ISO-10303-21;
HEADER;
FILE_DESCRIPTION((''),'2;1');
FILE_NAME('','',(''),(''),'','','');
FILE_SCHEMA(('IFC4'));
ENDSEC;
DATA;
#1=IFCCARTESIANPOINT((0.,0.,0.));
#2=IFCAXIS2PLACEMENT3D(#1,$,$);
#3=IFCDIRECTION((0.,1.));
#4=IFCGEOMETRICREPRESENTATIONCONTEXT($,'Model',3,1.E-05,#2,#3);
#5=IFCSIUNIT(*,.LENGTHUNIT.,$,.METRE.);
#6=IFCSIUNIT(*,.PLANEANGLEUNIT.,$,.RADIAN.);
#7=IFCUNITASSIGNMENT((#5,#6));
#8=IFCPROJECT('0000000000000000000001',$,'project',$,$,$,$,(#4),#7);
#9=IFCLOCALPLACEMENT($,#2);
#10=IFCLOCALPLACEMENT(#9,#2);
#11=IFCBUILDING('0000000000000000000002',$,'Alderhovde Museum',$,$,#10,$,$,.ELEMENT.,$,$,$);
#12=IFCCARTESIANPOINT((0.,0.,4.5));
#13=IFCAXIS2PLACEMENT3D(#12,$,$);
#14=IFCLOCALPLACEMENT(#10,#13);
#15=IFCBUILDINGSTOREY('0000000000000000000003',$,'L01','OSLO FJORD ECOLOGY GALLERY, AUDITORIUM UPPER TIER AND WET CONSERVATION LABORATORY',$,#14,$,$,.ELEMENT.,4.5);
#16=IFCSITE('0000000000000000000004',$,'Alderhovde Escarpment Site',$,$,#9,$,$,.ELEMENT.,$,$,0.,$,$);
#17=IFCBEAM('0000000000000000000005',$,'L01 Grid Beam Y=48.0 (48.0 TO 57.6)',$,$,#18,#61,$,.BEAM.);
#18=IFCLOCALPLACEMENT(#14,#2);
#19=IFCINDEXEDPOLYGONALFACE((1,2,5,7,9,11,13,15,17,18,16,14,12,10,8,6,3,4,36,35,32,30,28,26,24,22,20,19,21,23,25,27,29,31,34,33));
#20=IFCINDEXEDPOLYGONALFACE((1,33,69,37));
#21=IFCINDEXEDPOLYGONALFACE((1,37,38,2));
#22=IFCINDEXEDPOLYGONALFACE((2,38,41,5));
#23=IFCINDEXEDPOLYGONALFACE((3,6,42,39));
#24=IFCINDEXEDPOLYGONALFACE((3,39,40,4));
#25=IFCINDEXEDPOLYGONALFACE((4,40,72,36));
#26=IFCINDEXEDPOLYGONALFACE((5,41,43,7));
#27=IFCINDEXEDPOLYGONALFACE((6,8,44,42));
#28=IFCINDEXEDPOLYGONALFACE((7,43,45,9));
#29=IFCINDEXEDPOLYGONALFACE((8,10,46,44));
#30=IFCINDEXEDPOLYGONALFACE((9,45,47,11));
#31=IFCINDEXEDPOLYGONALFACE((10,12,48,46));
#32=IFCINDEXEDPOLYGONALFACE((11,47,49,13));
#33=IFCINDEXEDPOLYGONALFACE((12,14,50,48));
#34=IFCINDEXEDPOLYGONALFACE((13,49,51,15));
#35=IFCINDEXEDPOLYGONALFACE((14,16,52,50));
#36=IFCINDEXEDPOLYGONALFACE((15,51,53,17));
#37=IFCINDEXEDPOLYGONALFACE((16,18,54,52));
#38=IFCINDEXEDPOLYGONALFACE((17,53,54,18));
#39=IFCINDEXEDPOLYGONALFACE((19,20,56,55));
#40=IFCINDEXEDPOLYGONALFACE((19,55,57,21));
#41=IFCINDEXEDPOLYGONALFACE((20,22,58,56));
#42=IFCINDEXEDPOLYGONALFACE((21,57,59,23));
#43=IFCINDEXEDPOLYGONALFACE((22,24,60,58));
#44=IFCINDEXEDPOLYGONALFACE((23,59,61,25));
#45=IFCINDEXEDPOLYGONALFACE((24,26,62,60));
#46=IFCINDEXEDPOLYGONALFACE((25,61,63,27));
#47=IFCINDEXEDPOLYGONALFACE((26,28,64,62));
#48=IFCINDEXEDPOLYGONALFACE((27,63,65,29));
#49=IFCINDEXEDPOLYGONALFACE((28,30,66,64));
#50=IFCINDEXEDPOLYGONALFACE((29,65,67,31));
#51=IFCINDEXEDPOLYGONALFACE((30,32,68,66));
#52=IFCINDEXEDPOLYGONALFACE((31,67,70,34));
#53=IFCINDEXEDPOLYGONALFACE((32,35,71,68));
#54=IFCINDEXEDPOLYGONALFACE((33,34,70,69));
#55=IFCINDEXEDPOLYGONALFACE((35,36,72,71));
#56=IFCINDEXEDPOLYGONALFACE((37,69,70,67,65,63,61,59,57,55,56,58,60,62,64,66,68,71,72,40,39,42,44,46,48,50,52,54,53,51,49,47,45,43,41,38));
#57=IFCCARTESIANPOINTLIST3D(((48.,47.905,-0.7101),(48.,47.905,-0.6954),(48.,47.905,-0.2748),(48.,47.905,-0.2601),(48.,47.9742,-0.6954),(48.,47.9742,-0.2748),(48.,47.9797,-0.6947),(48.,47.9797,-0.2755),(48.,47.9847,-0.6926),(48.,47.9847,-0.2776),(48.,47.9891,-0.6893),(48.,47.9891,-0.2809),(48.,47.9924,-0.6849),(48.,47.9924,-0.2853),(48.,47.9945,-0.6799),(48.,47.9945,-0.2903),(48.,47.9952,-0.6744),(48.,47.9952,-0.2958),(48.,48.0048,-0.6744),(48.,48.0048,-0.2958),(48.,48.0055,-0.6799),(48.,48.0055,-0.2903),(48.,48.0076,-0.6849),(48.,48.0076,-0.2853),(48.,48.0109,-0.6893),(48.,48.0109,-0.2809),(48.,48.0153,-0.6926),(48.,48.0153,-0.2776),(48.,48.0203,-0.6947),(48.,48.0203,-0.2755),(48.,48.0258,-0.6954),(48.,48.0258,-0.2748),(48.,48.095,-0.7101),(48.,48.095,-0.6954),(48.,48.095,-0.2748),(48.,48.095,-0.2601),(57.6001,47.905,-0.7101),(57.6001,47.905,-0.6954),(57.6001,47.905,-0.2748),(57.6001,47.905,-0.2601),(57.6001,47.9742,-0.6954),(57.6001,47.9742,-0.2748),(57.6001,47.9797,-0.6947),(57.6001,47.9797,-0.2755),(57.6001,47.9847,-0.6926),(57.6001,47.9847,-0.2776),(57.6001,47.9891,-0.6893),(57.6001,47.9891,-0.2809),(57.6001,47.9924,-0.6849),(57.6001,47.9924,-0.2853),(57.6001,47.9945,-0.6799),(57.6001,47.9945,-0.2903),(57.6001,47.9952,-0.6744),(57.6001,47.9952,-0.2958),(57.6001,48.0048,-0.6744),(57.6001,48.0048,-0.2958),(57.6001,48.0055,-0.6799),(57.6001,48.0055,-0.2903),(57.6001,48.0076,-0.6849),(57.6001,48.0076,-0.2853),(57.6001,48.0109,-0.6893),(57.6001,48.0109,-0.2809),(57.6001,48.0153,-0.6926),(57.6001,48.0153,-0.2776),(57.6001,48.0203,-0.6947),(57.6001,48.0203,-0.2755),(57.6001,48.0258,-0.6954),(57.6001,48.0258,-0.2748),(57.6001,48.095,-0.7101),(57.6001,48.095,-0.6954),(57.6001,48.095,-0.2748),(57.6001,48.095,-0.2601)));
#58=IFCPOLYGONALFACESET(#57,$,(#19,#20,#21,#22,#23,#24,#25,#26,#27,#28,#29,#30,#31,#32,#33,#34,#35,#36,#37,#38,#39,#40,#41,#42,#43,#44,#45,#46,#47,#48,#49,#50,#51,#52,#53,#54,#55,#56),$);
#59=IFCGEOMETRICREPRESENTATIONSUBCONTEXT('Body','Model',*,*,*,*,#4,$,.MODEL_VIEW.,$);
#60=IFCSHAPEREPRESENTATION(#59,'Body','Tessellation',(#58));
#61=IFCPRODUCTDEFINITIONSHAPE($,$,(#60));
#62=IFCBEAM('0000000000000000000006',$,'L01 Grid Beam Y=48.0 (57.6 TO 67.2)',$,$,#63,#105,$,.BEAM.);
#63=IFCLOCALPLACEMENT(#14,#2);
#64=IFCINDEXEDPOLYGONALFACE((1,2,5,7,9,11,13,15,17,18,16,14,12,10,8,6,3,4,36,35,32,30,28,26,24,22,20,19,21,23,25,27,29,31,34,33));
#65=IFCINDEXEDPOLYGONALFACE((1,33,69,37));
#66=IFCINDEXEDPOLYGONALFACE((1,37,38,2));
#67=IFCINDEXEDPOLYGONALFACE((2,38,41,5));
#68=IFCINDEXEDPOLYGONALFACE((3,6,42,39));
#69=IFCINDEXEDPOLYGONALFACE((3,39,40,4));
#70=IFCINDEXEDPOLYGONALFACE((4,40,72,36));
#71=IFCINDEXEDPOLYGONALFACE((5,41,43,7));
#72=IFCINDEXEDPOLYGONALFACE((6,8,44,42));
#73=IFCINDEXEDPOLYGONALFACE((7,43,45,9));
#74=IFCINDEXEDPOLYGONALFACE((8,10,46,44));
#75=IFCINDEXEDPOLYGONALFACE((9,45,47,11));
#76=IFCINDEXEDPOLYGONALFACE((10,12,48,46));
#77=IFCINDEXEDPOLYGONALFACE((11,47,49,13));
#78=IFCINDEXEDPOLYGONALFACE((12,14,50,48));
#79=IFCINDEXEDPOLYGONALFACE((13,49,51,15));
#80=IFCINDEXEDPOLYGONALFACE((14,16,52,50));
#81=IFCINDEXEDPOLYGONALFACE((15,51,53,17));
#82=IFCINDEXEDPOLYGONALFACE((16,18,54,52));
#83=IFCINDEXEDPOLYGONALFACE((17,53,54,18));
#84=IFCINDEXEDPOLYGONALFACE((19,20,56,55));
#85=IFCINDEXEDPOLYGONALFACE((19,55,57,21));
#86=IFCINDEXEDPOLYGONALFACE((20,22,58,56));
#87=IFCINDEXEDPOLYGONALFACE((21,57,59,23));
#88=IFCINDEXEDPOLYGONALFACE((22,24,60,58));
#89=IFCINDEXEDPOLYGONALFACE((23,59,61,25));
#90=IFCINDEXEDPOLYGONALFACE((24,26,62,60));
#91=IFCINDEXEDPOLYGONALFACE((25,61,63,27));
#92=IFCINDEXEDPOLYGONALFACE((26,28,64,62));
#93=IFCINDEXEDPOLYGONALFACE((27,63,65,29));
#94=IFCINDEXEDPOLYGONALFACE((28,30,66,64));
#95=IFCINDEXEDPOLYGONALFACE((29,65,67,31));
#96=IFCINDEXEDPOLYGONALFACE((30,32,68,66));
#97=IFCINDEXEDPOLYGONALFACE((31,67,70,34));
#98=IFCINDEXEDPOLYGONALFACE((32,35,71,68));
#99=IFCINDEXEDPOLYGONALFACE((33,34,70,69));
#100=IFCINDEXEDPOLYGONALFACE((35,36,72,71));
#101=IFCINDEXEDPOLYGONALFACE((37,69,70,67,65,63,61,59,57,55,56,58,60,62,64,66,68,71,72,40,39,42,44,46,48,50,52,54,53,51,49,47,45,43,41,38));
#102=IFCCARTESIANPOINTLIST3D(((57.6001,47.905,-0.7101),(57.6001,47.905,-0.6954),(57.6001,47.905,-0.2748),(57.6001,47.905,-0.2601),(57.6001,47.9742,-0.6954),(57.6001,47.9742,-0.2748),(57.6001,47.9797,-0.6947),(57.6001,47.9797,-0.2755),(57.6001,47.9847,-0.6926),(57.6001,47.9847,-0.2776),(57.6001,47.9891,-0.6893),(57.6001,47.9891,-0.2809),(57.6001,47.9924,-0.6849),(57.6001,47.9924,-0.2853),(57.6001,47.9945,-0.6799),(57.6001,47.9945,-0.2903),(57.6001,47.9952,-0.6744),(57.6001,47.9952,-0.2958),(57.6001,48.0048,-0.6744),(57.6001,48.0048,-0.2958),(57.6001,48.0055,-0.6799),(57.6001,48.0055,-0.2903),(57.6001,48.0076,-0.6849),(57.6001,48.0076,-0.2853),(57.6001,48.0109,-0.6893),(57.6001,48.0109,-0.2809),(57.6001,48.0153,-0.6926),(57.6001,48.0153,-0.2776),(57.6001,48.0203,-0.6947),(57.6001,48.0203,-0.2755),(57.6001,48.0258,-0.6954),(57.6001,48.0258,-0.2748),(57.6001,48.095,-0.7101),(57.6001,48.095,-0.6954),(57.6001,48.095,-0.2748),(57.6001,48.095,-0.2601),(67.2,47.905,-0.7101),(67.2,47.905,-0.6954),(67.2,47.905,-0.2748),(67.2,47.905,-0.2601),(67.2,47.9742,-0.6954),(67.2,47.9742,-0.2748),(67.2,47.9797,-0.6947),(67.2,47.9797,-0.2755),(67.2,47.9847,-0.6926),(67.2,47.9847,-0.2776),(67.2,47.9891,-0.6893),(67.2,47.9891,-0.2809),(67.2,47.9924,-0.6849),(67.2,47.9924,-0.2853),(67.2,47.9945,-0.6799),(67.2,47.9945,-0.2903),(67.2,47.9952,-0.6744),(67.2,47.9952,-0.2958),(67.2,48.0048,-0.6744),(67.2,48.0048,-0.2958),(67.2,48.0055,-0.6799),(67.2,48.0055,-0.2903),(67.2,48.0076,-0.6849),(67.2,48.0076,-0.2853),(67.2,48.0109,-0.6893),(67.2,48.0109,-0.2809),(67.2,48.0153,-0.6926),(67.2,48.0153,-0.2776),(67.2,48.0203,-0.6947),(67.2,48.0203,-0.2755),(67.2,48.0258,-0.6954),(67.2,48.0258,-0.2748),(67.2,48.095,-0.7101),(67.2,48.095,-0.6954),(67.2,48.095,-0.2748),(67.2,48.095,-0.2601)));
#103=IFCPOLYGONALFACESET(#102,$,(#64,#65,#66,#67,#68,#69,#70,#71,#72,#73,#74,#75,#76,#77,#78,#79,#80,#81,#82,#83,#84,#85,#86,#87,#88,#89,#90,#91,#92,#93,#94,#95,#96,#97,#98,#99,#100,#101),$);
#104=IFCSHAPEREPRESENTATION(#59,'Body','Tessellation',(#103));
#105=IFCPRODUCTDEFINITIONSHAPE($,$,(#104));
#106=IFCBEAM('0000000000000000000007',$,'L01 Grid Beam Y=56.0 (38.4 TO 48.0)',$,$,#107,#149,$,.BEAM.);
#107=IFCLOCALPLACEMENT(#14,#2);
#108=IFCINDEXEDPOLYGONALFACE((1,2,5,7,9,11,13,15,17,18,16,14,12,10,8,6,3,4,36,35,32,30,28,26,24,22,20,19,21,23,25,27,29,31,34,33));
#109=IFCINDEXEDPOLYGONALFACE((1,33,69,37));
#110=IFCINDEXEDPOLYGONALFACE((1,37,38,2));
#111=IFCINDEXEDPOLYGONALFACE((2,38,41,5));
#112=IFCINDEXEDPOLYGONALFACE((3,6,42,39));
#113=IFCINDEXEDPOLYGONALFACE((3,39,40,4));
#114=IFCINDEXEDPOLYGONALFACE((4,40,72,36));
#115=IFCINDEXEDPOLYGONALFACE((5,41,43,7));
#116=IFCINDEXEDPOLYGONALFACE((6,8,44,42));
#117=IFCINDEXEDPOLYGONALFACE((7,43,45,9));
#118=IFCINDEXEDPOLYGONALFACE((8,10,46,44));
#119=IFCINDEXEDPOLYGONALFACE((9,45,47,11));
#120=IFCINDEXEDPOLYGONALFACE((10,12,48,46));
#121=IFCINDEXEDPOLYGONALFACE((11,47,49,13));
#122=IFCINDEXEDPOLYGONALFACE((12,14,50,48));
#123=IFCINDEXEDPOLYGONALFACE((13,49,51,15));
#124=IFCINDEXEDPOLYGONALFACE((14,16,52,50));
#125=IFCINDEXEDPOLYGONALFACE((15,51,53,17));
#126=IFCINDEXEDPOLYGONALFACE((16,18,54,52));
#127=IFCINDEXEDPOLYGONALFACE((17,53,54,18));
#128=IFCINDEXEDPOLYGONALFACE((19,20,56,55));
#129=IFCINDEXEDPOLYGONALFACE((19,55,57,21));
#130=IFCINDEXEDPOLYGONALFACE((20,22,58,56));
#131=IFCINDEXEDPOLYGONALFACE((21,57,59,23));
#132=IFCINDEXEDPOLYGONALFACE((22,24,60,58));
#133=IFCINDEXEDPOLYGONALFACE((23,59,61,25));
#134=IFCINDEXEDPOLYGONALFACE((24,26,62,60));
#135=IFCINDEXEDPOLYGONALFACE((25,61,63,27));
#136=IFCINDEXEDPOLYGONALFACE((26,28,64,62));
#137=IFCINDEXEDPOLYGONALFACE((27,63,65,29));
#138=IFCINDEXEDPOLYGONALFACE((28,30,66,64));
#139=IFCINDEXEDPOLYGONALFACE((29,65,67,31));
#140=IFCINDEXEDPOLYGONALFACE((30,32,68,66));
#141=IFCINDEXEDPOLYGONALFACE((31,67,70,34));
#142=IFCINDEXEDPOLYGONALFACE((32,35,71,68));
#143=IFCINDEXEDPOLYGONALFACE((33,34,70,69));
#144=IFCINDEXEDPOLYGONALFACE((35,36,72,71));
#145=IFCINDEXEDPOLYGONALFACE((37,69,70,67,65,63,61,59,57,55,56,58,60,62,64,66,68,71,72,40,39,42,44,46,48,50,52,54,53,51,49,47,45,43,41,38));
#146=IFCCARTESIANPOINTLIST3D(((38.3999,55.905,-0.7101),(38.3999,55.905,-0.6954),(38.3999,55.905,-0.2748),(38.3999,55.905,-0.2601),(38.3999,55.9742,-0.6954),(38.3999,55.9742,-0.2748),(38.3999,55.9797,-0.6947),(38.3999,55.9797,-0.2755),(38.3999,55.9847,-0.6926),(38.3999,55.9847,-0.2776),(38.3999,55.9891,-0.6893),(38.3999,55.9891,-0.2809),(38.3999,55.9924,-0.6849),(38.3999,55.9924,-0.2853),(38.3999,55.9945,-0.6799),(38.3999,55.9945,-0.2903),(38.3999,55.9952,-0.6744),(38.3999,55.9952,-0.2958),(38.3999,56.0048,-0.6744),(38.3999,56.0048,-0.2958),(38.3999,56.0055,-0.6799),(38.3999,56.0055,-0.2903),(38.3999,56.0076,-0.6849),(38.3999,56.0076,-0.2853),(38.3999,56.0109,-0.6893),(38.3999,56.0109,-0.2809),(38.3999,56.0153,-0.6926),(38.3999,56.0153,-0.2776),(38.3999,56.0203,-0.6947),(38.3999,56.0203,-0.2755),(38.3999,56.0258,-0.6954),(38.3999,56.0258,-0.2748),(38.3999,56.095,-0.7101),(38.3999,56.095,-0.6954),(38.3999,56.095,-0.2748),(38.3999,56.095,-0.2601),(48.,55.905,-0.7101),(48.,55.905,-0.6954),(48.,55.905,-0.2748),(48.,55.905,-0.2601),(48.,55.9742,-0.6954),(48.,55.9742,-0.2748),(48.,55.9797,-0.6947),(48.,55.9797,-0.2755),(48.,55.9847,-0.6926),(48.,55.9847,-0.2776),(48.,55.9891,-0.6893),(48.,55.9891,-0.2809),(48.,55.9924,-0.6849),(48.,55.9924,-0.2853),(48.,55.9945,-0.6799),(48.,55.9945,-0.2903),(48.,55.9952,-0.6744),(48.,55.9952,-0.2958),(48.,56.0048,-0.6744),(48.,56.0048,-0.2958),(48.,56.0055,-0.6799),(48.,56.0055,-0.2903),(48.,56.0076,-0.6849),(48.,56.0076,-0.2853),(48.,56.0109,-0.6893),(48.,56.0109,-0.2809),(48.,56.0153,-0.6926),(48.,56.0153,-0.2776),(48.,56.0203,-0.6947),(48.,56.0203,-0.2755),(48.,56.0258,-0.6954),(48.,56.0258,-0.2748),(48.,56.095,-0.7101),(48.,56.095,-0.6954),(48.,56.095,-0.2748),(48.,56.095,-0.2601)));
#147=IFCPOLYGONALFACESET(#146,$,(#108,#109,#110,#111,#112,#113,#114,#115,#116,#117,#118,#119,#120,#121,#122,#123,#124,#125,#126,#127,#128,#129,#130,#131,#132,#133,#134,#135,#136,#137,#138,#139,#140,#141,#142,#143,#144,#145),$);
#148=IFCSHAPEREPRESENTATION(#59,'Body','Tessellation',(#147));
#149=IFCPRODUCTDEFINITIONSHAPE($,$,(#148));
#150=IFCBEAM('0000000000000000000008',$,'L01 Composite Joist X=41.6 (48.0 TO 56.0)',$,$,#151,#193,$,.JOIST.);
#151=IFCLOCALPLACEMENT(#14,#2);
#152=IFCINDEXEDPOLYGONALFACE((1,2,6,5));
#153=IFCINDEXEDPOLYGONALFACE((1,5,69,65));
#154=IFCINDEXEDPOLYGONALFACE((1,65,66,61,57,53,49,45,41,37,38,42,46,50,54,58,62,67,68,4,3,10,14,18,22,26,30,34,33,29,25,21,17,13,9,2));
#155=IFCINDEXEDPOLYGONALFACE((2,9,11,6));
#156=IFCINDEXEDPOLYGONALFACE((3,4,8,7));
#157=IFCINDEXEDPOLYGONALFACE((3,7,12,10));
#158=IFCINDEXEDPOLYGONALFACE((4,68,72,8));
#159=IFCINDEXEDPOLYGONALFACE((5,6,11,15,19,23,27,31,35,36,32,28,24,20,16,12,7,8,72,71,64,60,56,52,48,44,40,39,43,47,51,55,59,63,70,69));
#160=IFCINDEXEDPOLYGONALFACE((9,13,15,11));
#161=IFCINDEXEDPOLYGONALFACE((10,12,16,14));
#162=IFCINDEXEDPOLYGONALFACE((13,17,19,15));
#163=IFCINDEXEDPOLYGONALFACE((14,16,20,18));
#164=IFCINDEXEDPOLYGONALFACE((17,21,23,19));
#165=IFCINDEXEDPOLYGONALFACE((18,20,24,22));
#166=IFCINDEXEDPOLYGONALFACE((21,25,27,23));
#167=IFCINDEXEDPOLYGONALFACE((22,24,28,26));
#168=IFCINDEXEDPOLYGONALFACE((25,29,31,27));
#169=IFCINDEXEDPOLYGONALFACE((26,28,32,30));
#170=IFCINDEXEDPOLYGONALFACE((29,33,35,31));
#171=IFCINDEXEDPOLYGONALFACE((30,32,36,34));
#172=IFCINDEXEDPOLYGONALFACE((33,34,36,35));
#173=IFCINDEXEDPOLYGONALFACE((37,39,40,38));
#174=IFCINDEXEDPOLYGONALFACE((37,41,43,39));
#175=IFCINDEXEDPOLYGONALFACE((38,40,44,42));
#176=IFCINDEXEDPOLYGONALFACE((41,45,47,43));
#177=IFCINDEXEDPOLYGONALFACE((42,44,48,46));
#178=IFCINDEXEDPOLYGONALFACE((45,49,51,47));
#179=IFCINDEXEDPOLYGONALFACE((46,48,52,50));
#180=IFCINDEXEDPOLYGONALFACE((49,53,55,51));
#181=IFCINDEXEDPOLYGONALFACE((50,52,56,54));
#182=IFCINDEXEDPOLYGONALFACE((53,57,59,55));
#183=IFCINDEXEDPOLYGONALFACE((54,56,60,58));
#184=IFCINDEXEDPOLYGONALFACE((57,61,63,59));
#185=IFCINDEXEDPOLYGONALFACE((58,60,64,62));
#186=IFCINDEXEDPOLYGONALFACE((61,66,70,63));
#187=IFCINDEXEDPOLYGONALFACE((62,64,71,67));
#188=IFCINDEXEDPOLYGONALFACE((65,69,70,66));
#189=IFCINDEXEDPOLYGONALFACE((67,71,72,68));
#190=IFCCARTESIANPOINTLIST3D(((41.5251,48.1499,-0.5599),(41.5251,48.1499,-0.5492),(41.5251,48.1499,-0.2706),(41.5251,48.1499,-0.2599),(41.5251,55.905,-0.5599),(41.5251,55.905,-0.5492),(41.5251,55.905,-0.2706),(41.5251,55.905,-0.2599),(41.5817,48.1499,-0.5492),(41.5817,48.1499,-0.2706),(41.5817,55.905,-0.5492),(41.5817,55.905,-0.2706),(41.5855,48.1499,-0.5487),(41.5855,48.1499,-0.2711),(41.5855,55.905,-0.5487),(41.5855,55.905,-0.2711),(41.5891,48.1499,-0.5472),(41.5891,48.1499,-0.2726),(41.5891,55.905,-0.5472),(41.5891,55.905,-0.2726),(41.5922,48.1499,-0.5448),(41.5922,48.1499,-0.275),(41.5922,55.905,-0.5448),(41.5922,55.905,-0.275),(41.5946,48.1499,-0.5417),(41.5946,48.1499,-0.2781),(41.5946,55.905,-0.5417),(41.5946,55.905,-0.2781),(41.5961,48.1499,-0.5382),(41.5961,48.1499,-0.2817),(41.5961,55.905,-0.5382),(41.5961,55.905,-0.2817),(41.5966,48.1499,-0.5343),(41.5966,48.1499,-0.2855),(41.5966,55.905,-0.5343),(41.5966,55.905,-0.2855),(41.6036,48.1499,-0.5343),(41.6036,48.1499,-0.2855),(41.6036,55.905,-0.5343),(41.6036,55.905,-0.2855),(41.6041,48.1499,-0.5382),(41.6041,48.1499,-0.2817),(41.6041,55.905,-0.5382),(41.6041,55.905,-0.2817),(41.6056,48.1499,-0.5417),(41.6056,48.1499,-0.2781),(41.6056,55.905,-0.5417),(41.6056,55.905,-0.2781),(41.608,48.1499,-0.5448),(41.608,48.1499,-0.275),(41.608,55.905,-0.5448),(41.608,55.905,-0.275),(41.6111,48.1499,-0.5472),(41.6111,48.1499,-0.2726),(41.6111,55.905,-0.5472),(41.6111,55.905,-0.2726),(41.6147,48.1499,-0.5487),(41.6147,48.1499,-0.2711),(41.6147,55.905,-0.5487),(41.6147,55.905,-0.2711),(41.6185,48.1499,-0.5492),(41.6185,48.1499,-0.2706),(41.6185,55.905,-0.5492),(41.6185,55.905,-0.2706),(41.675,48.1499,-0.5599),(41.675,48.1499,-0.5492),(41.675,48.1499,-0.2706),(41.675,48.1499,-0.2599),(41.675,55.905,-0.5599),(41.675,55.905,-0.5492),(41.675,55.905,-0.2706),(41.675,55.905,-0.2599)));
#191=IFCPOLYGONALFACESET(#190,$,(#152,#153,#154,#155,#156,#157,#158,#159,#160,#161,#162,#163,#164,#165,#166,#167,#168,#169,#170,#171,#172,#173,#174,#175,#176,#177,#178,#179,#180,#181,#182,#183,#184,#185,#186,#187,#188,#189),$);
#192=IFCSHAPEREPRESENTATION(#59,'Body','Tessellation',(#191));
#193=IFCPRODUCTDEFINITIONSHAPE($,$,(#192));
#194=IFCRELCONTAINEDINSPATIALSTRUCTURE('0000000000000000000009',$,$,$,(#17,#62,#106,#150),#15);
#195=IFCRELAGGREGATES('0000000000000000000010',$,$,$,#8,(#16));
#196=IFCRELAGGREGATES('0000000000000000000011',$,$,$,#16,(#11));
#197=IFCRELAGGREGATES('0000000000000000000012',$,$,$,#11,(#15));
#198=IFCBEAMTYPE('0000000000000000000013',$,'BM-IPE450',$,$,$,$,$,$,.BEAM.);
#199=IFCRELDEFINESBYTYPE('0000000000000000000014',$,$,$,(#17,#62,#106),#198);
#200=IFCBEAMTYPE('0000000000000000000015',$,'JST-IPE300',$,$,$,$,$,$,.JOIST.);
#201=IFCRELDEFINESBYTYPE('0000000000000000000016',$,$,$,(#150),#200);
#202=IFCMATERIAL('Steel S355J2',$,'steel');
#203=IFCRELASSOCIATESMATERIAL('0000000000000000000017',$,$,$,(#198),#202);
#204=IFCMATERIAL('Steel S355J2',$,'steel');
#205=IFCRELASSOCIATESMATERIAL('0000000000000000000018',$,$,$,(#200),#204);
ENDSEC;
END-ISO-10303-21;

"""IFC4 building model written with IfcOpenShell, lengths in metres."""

from ifc_helpers import new_model, si_unit, direction, frame, origin, origin_2d, place, context, subcontext, project, spatial, i_section, extrude, material, material_profile, profile_set, type_object, element, save


model = new_model("IFC4")

# Units and contexts
model_context = context("Model", 3, precision=1e-05, world=origin(), true_north=direction((0.0, 1.0)))
body_context = subcontext(model_context, "Body", "Model", "MODEL_VIEW")
ifc_project = project(units=[si_unit("LENGTHUNIT", "METRE"), si_unit("PLANEANGLEUNIT", "RADIAN")], contexts=[model_context])

# Site, building, storey
site_placement = place(None, origin())
site = spatial("IfcSite", under=ifc_project, at=site_placement, Name="Alderhovde Escarpment Site", CompositionType="ELEMENT", RefElevation=0.0)
building_placement = place(site_placement, origin())
building = spatial("IfcBuilding", under=site, at=building_placement, Name="Alderhovde Museum", CompositionType="ELEMENT")
storey_placement = place(building_placement, frame((0.0, 0.0, 4.5)))
storey = spatial("IfcBuildingStorey", under=building, at=storey_placement, Name="L01", Description="OSLO FJORD ECOLOGY GALLERY, AUDITORIUM UPPER TIER AND WET CONSERVATION LABORATORY", CompositionType="ELEMENT", Elevation=4.5)

# Beams
ifc_material_1 = material(Name="Steel S355J2", Category="steel")
ifc_material_profile_1 = material_profile(ifc_material_1, i_section(OverallWidth=0.1899, OverallDepth=0.45, WebThickness=0.0095, FlangeThickness=0.0146, FilletRadius=0.021, at=origin_2d()), Name="IPE 450")
ifc_profile_set_1 = profile_set([ifc_material_profile_1], Name="Steel S355J2")
beam_type_1 = type_object("IfcBeamType", Name="BM-IPE450", PredefinedType="BEAM", material=ifc_profile_set_1)
beam_1_placement = place(storey_placement, frame((48.0, 48.0, -0.4851), z_axis=(1.0, 0.0, 0.0), x_axis=(0.0, 1.0, 0.0)))
element("IfcBeam", 1, at=beam_1_placement, inside=storey, type_object=beam_type_1, Name="L01 Grid Beam Y=48.0 (48.0 TO 57.6)", PredefinedType="BEAM", context=body_context, shape_type="SweptSolid", body=[
    extrude(i_section(OverallWidth=0.1899, OverallDepth=0.45, WebThickness=0.0095, FlangeThickness=0.0146, FilletRadius=0.021, at=origin_2d()), origin(), (0.0, 0.0, 1.0), 9.6001),
])
beam_2_placement = place(storey_placement, frame((57.6001, 48.0, -0.4851), z_axis=(1.0, 0.0, 0.0), x_axis=(0.0, 1.0, 0.0)))
element("IfcBeam", 2, at=beam_2_placement, inside=storey, type_object=beam_type_1, Name="L01 Grid Beam Y=48.0 (57.6 TO 67.2)", PredefinedType="BEAM", context=body_context, shape_type="SweptSolid", body=[
    extrude(i_section(OverallWidth=0.1899, OverallDepth=0.45, WebThickness=0.0095, FlangeThickness=0.0146, FilletRadius=0.021, at=origin_2d()), origin(), (0.0, 0.0, 1.0), 9.5999),
])
beam_3_placement = place(storey_placement, frame((38.3999, 56.0, -0.4851), z_axis=(1.0, 0.0, 0.0), x_axis=(0.0, 1.0, 0.0)))
element("IfcBeam", 3, at=beam_3_placement, inside=storey, type_object=beam_type_1, Name="L01 Grid Beam Y=56.0 (38.4 TO 48.0)", PredefinedType="BEAM", context=body_context, shape_type="SweptSolid", body=[
    extrude(i_section(OverallWidth=0.1899, OverallDepth=0.45, WebThickness=0.0095, FlangeThickness=0.0146, FilletRadius=0.021, at=origin_2d()), origin(), (0.0, 0.0, 1.0), 9.6001),
])
ifc_material_2 = material(Name="Steel S355J2", Category="steel")
ifc_material_profile_2 = material_profile(ifc_material_2, i_section(OverallWidth=0.1499, OverallDepth=0.3, WebThickness=0.0071, FlangeThickness=0.0107, FilletRadius=0.0149, at=origin_2d()), Name="IPE 300")
ifc_profile_set_2 = profile_set([ifc_material_profile_2], Name="Steel S355J2")
beam_type_2 = type_object("IfcBeamType", Name="JST-IPE300", PredefinedType="JOIST", material=ifc_profile_set_2)
for number, where, z_axis, x_axis, name in (
    (4, (41.6001, 48.1499, -0.4099), (0.0, 1.0, 0.0), (-1.0, 0.0, 0.0), "L01 Composite Joist X=41.6 (48.0 TO 56.0)"),
):
    element("IfcBeam", number, at=place(storey_placement, frame(where, z_axis=z_axis, x_axis=x_axis)), inside=storey, type_object=beam_type_2, Name=name, PredefinedType="JOIST", context=body_context, shape_type="SweptSolid", body=[
        extrude(i_section(OverallWidth=0.1499, OverallDepth=0.3, WebThickness=0.0071, FlangeThickness=0.0107, FilletRadius=0.0149, at=origin_2d()), origin(), (0.0, 0.0, 1.0), 7.7551),
    ])

save(model, "model.ifc")
